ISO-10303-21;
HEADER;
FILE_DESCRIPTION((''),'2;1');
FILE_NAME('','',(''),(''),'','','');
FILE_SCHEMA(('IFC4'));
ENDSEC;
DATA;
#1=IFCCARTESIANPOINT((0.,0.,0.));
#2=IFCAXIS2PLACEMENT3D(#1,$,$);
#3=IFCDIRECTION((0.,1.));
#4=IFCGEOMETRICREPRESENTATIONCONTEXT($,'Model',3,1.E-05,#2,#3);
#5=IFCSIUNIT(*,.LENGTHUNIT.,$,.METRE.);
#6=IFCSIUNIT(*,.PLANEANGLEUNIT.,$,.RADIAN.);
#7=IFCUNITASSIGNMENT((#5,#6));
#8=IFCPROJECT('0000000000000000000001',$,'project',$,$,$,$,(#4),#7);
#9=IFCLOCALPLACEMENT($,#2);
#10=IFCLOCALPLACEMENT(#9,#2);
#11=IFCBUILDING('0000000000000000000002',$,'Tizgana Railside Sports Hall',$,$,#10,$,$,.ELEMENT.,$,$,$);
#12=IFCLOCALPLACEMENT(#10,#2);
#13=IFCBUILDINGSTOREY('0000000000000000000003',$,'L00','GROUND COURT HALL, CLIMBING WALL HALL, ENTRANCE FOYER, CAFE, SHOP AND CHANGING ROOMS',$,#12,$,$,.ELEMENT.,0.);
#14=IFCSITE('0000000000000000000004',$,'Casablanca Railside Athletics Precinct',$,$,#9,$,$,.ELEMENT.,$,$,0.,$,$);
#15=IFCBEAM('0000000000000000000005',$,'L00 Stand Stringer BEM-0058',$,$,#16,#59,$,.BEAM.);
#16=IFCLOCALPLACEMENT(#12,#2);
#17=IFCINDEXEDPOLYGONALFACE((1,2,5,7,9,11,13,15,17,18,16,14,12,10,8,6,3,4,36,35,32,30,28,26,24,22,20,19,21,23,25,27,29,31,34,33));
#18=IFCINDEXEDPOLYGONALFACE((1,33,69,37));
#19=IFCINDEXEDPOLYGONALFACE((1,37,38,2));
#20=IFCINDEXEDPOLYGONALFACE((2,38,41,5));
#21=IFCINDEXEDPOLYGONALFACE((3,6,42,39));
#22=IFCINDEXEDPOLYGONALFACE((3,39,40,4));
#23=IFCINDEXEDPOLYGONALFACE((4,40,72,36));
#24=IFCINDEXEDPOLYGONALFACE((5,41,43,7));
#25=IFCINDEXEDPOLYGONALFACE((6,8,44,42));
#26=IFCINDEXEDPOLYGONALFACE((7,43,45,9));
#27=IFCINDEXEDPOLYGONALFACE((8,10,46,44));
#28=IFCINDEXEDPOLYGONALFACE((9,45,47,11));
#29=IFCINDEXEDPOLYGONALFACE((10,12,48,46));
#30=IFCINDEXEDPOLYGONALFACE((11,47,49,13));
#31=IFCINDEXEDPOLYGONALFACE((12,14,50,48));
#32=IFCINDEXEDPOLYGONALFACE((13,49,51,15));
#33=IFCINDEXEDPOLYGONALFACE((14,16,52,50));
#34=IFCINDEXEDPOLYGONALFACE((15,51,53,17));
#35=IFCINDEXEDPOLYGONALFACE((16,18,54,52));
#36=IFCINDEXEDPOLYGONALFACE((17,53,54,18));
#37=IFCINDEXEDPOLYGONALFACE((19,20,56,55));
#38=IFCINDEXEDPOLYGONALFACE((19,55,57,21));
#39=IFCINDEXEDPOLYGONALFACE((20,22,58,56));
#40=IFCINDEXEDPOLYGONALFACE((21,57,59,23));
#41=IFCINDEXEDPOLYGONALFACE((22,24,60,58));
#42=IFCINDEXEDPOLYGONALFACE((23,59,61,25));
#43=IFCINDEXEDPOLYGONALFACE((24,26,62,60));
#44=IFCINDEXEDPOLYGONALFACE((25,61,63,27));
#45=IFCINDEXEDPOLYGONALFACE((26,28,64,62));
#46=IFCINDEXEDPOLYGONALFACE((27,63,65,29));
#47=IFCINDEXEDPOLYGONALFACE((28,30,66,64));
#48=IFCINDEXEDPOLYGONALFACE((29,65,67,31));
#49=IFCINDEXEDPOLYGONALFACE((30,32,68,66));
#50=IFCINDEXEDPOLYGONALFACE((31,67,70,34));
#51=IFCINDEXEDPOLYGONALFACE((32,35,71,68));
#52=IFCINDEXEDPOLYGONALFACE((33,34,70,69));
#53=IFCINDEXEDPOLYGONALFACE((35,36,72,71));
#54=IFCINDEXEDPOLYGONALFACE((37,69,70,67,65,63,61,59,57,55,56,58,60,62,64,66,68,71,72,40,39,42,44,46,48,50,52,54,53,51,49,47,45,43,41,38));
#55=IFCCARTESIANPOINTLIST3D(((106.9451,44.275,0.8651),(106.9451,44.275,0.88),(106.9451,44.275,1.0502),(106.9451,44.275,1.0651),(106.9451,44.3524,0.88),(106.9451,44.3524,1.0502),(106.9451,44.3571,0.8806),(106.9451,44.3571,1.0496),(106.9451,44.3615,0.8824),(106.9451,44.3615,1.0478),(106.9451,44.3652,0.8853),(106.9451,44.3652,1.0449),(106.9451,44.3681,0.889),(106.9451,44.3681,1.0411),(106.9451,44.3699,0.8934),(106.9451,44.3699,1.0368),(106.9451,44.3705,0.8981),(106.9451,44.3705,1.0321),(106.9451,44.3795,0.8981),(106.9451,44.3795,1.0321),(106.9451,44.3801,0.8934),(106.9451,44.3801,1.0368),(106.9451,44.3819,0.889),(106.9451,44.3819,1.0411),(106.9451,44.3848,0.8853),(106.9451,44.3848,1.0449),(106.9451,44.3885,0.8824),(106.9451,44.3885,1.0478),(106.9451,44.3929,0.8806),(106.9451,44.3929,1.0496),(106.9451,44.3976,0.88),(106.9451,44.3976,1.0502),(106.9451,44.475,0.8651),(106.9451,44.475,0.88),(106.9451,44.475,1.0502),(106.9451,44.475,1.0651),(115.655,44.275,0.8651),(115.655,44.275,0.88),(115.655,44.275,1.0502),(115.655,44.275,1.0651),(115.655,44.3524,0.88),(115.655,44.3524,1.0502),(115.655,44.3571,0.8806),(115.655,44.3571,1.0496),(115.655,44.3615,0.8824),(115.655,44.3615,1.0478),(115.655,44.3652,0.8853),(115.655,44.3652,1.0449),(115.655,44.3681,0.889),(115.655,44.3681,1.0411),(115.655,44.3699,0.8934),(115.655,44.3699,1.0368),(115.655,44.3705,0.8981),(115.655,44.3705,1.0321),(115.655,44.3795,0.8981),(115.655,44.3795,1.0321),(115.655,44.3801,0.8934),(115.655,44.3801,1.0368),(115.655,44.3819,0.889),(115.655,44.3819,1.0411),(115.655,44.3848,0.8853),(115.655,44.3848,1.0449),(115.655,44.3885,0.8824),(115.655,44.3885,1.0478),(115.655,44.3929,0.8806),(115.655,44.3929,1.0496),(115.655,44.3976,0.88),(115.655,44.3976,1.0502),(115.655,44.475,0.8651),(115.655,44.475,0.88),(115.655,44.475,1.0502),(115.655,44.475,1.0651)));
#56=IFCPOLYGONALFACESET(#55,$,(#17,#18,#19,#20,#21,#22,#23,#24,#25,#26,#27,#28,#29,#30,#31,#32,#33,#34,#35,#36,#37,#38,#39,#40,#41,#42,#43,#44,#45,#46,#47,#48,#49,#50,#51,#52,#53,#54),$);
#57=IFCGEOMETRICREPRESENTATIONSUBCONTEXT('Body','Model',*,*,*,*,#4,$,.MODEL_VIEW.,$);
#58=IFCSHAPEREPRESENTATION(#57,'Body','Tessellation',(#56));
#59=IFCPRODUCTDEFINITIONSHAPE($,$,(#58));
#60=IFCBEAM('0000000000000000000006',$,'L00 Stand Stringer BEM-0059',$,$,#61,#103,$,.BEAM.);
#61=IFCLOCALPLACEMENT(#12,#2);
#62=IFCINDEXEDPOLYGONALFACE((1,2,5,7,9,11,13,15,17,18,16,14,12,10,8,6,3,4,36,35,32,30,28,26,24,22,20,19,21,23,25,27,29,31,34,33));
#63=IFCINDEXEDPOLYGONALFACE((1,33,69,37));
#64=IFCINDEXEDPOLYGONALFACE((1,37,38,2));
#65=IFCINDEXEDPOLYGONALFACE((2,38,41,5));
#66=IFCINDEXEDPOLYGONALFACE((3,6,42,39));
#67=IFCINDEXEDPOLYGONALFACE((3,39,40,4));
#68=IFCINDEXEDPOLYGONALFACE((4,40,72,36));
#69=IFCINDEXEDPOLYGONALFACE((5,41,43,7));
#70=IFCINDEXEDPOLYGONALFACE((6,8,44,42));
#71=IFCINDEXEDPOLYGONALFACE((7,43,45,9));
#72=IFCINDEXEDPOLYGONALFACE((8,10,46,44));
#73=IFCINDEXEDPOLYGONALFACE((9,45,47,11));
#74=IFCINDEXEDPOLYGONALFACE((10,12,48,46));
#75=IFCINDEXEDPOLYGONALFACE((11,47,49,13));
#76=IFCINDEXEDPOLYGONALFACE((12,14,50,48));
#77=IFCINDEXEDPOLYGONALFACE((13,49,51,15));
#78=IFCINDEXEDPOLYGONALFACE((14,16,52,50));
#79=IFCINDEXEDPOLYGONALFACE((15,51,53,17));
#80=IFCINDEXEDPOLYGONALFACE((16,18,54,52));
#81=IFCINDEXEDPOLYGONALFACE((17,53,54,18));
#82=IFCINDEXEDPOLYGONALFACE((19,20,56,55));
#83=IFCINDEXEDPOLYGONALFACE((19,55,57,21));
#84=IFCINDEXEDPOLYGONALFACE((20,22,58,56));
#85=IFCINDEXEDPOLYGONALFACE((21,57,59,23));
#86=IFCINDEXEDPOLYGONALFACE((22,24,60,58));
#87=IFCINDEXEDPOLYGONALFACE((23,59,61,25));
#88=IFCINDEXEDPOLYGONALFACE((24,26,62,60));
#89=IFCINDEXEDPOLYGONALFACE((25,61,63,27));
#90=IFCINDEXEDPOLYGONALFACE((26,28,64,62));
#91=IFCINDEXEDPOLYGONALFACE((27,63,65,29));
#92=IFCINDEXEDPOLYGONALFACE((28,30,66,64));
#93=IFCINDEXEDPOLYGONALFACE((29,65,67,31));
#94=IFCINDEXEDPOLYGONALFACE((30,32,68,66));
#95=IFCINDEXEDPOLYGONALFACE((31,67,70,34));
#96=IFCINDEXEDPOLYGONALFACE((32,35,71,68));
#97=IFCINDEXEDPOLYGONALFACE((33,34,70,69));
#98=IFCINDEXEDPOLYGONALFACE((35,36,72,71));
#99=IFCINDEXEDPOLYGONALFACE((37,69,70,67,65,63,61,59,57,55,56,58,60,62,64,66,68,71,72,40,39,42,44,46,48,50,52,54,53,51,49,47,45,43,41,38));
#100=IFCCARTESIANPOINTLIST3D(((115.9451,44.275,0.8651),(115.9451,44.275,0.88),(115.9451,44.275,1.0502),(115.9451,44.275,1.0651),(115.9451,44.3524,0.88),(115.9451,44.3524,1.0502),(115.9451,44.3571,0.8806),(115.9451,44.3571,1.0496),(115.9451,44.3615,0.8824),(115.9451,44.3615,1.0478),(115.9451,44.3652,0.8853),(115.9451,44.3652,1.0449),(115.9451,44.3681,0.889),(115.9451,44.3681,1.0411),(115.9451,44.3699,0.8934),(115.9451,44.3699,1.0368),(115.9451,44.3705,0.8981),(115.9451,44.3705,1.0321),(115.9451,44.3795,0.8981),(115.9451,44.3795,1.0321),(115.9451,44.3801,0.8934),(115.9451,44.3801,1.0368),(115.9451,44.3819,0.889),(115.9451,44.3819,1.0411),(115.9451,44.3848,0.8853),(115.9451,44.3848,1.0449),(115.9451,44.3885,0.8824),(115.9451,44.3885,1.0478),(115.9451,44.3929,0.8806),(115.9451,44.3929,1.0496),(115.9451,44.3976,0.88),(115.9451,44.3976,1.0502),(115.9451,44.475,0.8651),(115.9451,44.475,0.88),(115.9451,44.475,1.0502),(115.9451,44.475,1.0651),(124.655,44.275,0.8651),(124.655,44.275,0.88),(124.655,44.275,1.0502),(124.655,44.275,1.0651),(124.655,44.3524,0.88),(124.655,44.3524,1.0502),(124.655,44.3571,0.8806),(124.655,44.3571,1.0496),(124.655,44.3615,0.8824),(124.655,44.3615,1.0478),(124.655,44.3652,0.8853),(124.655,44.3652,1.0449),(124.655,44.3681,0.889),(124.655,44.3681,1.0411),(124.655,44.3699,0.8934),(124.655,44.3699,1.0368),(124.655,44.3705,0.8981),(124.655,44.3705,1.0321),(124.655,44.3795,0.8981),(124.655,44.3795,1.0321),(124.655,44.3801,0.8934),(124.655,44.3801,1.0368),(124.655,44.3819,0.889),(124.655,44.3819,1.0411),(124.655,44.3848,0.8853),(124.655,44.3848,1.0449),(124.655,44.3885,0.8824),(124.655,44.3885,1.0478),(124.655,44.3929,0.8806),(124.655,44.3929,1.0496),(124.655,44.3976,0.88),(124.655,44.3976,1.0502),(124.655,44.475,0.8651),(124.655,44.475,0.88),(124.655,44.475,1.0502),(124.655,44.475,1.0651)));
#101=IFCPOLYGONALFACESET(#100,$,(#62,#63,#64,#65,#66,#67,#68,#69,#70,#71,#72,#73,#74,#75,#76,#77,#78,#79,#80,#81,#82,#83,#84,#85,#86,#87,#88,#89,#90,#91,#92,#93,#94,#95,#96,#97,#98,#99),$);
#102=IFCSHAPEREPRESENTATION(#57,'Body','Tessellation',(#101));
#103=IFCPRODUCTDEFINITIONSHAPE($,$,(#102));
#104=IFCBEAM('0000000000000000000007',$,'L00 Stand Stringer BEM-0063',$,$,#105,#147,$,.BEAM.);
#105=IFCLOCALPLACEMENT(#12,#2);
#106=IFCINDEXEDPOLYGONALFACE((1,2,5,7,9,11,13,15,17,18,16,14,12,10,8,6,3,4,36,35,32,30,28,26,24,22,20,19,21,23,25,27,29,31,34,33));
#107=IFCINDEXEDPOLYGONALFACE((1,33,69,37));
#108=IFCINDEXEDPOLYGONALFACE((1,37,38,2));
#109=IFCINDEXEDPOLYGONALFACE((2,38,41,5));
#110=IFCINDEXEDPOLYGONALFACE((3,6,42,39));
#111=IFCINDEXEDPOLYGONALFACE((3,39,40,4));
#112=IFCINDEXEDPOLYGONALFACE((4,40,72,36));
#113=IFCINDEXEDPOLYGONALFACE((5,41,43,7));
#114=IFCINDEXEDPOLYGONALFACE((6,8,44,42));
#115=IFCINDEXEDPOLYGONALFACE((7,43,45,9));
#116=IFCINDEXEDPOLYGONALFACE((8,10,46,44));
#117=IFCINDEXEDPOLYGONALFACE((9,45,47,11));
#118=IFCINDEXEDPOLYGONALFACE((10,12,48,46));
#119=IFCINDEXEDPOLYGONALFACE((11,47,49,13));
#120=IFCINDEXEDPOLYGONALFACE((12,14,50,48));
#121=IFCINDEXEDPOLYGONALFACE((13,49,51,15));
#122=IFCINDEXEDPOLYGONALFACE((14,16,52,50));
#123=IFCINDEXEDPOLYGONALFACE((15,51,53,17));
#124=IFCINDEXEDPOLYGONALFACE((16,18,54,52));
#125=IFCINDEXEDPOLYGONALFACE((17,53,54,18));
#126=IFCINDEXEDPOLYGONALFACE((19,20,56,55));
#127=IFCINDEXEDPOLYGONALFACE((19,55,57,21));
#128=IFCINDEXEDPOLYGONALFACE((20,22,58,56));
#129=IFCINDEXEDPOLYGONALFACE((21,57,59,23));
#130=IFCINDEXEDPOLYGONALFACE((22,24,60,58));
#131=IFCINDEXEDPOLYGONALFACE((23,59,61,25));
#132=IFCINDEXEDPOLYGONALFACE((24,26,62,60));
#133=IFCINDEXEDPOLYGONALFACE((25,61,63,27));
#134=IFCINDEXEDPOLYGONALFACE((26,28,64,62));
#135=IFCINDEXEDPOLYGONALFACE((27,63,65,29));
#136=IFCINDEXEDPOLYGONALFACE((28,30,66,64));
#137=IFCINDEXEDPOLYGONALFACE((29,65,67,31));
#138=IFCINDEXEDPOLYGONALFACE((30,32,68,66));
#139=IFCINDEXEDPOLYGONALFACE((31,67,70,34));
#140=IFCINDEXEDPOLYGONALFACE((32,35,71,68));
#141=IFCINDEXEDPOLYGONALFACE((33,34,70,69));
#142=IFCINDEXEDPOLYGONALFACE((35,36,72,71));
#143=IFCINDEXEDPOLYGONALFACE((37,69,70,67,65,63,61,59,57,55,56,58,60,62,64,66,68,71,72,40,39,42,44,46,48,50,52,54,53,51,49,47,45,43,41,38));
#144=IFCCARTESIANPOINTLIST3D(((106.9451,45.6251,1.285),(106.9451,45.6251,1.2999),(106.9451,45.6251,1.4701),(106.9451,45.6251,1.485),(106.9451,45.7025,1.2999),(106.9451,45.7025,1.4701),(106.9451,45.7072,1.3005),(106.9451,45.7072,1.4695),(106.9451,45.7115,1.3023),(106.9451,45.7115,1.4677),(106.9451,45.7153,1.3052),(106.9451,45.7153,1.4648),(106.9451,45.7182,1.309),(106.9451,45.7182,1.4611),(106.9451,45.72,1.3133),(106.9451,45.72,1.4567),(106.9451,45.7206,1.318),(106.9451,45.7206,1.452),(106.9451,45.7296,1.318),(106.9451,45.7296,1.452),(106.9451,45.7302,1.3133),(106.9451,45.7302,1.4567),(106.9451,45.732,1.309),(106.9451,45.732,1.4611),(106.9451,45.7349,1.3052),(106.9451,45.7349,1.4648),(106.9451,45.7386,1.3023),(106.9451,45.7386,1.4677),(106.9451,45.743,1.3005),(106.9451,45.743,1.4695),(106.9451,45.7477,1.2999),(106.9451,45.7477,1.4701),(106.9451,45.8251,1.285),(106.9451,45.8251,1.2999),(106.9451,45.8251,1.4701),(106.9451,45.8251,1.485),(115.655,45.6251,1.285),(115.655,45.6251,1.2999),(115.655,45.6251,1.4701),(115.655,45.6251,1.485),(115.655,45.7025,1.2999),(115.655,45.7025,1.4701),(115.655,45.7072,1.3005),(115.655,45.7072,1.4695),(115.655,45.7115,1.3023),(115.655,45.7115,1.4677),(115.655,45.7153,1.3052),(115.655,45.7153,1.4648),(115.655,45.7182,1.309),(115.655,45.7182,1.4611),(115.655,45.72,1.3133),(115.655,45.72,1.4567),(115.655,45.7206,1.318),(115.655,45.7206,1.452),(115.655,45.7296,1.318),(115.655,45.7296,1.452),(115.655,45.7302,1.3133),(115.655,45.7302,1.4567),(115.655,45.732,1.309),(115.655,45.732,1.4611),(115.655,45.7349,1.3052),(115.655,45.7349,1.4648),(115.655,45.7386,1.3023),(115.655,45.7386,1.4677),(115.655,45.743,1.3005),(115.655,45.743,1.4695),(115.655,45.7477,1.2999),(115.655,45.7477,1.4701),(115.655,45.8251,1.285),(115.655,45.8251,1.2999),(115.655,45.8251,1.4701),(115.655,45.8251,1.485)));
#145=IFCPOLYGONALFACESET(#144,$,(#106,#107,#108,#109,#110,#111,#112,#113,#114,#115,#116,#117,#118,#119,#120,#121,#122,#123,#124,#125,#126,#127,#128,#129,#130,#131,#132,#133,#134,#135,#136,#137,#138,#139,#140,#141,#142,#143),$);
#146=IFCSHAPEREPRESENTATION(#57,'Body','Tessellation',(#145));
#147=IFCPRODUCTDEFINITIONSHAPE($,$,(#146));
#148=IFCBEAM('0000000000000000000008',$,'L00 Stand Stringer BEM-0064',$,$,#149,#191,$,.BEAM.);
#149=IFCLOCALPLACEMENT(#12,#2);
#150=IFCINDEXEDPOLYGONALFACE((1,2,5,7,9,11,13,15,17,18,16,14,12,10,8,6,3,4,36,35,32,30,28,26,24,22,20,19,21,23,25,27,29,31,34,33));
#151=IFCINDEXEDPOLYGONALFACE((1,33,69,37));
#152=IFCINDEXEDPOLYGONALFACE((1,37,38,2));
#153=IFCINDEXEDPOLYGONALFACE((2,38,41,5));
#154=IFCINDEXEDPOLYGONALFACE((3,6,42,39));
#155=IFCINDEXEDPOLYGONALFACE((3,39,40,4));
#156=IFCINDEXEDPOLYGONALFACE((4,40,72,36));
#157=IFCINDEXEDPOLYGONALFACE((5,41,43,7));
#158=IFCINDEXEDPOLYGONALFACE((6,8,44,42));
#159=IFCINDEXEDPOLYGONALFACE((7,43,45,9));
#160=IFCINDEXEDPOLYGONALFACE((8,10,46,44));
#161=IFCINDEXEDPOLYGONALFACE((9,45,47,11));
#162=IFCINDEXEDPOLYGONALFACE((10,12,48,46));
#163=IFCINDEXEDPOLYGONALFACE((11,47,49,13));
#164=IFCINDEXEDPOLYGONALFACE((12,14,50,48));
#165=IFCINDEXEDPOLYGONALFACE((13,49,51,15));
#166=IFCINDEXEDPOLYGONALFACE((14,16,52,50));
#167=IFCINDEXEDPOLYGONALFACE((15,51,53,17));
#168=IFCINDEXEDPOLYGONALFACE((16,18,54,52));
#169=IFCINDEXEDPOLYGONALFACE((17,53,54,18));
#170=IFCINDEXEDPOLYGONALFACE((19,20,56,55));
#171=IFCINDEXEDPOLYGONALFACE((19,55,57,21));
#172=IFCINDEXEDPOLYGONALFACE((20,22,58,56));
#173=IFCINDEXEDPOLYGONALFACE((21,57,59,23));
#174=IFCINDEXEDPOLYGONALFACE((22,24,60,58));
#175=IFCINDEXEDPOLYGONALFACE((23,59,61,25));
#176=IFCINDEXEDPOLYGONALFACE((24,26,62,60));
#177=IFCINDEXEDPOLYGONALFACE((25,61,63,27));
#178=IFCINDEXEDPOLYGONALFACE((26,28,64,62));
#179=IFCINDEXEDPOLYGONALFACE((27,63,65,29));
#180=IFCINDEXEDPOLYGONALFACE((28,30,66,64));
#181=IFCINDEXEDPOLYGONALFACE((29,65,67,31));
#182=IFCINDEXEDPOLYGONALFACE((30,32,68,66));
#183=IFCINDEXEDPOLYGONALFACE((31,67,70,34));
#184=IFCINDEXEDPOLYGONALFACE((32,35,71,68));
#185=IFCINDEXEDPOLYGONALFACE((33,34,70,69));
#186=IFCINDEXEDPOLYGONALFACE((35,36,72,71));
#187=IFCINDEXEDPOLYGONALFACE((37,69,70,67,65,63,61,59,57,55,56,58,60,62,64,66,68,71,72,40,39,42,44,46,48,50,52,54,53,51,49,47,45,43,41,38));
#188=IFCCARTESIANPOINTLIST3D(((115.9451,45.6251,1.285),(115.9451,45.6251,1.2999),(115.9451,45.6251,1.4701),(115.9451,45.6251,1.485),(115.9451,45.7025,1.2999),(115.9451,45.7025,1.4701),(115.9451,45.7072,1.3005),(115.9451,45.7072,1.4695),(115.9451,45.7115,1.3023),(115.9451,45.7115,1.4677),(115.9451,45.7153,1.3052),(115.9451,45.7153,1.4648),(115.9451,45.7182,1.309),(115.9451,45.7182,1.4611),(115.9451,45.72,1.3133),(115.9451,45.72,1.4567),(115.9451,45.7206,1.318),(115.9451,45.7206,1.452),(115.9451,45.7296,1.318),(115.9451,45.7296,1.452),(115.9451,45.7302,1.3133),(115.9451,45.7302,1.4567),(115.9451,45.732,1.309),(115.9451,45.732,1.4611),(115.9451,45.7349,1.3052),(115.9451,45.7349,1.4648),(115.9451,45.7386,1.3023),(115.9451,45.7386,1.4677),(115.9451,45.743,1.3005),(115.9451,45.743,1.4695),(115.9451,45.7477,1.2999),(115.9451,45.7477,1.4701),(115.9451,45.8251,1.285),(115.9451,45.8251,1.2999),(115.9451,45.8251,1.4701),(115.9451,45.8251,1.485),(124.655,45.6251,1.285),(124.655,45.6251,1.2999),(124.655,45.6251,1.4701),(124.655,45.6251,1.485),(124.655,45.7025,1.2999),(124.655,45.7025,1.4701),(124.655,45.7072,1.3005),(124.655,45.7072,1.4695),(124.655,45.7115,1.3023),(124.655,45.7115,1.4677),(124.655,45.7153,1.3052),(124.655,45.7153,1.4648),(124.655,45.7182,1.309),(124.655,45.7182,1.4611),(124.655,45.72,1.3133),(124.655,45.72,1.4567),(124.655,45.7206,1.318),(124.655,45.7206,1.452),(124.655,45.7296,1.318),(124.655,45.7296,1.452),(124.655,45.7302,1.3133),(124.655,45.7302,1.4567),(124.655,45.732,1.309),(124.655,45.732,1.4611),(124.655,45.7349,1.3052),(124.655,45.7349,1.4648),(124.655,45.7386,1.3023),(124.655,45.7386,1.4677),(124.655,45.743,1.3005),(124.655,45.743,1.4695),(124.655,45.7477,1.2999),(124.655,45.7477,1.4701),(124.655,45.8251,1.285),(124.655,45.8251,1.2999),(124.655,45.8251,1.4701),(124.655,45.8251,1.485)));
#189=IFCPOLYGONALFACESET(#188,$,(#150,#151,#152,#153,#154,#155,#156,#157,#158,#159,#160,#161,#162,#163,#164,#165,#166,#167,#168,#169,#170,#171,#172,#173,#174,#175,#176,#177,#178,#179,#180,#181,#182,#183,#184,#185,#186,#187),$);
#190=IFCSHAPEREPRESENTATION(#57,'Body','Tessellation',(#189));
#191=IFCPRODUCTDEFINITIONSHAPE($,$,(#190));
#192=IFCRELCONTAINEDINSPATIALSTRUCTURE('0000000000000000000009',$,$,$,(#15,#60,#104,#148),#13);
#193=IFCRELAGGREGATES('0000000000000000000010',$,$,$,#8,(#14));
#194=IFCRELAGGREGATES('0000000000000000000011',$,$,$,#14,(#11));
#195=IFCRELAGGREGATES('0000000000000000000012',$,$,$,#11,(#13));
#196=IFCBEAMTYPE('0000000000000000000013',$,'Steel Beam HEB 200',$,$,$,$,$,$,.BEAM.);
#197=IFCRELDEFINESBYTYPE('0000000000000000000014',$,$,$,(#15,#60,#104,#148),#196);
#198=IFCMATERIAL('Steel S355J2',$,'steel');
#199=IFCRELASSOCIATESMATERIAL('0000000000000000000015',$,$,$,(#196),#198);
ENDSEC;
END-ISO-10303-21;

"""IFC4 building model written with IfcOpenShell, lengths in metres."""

from ifc_helpers import new_model, si_unit, direction, frame, origin, origin_2d, place, context, subcontext, project, spatial, i_section, extrude, material, material_profile, profile_set, type_object, element, save


model = new_model("IFC4")

# Units and contexts
model_context = context("Model", 3, precision=1e-05, world=origin(), true_north=direction((0.0, 1.0)))
body_context = subcontext(model_context, "Body", "Model", "MODEL_VIEW")
ifc_project = project(units=[si_unit("LENGTHUNIT", "METRE"), si_unit("PLANEANGLEUNIT", "RADIAN")], contexts=[model_context])

# Site, building, storey
site_placement = place(None, origin())
site = spatial("IfcSite", under=ifc_project, at=site_placement, Name="Casablanca Railside Athletics Precinct", CompositionType="ELEMENT", RefElevation=0.0)
building_placement = place(site_placement, origin())
building = spatial("IfcBuilding", under=site, at=building_placement, Name="Tizgana Railside Sports Hall", CompositionType="ELEMENT")
storey_placement = place(building_placement, origin())
storey = spatial("IfcBuildingStorey", under=building, at=storey_placement, Name="L00", Description="GROUND COURT HALL, CLIMBING WALL HALL, ENTRANCE FOYER, CAFE, SHOP AND CHANGING ROOMS", CompositionType="ELEMENT", Elevation=0.0)

# Beams
ifc_material_1 = material(Name="Steel S355J2", Category="steel")
ifc_material_profile_1 = material_profile(ifc_material_1, i_section(OverallWidth=0.2, OverallDepth=0.2, WebThickness=0.009, FlangeThickness=0.0149, FilletRadius=0.0181, at=origin_2d()), Name="HEB 200")
ifc_profile_set_1 = profile_set([ifc_material_profile_1], Name="Steel S355J2")
beam_type_1 = type_object("IfcBeamType", Name="Steel Beam HEB 200", PredefinedType="BEAM", material=ifc_profile_set_1)
for number, where, z_axis, x_axis, name in (
    (1, (106.9451, 44.375, 0.9651), (1.0, 0.0, 0.0), (0.0, 1.0, 0.0), "L00 Stand Stringer BEM-0058"),
    (2, (115.9451, 44.375, 0.9651), (1.0, 0.0, 0.0), (0.0, 1.0, 0.0), "L00 Stand Stringer BEM-0059"),
    (3, (106.9451, 45.7251, 1.385), (1.0, 0.0, 0.0), (0.0, 1.0, 0.0), "L00 Stand Stringer BEM-0063"),
    (4, (115.9451, 45.7251, 1.385), (1.0, 0.0, 0.0), (0.0, 1.0, 0.0), "L00 Stand Stringer BEM-0064"),
):
    element("IfcBeam", number, at=place(storey_placement, frame(where, z_axis=z_axis, x_axis=x_axis)), inside=storey, type_object=beam_type_1, Name=name, PredefinedType="BEAM", context=body_context, shape_type="SweptSolid", body=[
        extrude(i_section(OverallWidth=0.2, OverallDepth=0.2, WebThickness=0.009, FlangeThickness=0.0149, FilletRadius=0.0181, at=origin_2d()), origin(), (0.0, 0.0, 1.0), 8.71),
    ])

save(model, "model.ifc")
